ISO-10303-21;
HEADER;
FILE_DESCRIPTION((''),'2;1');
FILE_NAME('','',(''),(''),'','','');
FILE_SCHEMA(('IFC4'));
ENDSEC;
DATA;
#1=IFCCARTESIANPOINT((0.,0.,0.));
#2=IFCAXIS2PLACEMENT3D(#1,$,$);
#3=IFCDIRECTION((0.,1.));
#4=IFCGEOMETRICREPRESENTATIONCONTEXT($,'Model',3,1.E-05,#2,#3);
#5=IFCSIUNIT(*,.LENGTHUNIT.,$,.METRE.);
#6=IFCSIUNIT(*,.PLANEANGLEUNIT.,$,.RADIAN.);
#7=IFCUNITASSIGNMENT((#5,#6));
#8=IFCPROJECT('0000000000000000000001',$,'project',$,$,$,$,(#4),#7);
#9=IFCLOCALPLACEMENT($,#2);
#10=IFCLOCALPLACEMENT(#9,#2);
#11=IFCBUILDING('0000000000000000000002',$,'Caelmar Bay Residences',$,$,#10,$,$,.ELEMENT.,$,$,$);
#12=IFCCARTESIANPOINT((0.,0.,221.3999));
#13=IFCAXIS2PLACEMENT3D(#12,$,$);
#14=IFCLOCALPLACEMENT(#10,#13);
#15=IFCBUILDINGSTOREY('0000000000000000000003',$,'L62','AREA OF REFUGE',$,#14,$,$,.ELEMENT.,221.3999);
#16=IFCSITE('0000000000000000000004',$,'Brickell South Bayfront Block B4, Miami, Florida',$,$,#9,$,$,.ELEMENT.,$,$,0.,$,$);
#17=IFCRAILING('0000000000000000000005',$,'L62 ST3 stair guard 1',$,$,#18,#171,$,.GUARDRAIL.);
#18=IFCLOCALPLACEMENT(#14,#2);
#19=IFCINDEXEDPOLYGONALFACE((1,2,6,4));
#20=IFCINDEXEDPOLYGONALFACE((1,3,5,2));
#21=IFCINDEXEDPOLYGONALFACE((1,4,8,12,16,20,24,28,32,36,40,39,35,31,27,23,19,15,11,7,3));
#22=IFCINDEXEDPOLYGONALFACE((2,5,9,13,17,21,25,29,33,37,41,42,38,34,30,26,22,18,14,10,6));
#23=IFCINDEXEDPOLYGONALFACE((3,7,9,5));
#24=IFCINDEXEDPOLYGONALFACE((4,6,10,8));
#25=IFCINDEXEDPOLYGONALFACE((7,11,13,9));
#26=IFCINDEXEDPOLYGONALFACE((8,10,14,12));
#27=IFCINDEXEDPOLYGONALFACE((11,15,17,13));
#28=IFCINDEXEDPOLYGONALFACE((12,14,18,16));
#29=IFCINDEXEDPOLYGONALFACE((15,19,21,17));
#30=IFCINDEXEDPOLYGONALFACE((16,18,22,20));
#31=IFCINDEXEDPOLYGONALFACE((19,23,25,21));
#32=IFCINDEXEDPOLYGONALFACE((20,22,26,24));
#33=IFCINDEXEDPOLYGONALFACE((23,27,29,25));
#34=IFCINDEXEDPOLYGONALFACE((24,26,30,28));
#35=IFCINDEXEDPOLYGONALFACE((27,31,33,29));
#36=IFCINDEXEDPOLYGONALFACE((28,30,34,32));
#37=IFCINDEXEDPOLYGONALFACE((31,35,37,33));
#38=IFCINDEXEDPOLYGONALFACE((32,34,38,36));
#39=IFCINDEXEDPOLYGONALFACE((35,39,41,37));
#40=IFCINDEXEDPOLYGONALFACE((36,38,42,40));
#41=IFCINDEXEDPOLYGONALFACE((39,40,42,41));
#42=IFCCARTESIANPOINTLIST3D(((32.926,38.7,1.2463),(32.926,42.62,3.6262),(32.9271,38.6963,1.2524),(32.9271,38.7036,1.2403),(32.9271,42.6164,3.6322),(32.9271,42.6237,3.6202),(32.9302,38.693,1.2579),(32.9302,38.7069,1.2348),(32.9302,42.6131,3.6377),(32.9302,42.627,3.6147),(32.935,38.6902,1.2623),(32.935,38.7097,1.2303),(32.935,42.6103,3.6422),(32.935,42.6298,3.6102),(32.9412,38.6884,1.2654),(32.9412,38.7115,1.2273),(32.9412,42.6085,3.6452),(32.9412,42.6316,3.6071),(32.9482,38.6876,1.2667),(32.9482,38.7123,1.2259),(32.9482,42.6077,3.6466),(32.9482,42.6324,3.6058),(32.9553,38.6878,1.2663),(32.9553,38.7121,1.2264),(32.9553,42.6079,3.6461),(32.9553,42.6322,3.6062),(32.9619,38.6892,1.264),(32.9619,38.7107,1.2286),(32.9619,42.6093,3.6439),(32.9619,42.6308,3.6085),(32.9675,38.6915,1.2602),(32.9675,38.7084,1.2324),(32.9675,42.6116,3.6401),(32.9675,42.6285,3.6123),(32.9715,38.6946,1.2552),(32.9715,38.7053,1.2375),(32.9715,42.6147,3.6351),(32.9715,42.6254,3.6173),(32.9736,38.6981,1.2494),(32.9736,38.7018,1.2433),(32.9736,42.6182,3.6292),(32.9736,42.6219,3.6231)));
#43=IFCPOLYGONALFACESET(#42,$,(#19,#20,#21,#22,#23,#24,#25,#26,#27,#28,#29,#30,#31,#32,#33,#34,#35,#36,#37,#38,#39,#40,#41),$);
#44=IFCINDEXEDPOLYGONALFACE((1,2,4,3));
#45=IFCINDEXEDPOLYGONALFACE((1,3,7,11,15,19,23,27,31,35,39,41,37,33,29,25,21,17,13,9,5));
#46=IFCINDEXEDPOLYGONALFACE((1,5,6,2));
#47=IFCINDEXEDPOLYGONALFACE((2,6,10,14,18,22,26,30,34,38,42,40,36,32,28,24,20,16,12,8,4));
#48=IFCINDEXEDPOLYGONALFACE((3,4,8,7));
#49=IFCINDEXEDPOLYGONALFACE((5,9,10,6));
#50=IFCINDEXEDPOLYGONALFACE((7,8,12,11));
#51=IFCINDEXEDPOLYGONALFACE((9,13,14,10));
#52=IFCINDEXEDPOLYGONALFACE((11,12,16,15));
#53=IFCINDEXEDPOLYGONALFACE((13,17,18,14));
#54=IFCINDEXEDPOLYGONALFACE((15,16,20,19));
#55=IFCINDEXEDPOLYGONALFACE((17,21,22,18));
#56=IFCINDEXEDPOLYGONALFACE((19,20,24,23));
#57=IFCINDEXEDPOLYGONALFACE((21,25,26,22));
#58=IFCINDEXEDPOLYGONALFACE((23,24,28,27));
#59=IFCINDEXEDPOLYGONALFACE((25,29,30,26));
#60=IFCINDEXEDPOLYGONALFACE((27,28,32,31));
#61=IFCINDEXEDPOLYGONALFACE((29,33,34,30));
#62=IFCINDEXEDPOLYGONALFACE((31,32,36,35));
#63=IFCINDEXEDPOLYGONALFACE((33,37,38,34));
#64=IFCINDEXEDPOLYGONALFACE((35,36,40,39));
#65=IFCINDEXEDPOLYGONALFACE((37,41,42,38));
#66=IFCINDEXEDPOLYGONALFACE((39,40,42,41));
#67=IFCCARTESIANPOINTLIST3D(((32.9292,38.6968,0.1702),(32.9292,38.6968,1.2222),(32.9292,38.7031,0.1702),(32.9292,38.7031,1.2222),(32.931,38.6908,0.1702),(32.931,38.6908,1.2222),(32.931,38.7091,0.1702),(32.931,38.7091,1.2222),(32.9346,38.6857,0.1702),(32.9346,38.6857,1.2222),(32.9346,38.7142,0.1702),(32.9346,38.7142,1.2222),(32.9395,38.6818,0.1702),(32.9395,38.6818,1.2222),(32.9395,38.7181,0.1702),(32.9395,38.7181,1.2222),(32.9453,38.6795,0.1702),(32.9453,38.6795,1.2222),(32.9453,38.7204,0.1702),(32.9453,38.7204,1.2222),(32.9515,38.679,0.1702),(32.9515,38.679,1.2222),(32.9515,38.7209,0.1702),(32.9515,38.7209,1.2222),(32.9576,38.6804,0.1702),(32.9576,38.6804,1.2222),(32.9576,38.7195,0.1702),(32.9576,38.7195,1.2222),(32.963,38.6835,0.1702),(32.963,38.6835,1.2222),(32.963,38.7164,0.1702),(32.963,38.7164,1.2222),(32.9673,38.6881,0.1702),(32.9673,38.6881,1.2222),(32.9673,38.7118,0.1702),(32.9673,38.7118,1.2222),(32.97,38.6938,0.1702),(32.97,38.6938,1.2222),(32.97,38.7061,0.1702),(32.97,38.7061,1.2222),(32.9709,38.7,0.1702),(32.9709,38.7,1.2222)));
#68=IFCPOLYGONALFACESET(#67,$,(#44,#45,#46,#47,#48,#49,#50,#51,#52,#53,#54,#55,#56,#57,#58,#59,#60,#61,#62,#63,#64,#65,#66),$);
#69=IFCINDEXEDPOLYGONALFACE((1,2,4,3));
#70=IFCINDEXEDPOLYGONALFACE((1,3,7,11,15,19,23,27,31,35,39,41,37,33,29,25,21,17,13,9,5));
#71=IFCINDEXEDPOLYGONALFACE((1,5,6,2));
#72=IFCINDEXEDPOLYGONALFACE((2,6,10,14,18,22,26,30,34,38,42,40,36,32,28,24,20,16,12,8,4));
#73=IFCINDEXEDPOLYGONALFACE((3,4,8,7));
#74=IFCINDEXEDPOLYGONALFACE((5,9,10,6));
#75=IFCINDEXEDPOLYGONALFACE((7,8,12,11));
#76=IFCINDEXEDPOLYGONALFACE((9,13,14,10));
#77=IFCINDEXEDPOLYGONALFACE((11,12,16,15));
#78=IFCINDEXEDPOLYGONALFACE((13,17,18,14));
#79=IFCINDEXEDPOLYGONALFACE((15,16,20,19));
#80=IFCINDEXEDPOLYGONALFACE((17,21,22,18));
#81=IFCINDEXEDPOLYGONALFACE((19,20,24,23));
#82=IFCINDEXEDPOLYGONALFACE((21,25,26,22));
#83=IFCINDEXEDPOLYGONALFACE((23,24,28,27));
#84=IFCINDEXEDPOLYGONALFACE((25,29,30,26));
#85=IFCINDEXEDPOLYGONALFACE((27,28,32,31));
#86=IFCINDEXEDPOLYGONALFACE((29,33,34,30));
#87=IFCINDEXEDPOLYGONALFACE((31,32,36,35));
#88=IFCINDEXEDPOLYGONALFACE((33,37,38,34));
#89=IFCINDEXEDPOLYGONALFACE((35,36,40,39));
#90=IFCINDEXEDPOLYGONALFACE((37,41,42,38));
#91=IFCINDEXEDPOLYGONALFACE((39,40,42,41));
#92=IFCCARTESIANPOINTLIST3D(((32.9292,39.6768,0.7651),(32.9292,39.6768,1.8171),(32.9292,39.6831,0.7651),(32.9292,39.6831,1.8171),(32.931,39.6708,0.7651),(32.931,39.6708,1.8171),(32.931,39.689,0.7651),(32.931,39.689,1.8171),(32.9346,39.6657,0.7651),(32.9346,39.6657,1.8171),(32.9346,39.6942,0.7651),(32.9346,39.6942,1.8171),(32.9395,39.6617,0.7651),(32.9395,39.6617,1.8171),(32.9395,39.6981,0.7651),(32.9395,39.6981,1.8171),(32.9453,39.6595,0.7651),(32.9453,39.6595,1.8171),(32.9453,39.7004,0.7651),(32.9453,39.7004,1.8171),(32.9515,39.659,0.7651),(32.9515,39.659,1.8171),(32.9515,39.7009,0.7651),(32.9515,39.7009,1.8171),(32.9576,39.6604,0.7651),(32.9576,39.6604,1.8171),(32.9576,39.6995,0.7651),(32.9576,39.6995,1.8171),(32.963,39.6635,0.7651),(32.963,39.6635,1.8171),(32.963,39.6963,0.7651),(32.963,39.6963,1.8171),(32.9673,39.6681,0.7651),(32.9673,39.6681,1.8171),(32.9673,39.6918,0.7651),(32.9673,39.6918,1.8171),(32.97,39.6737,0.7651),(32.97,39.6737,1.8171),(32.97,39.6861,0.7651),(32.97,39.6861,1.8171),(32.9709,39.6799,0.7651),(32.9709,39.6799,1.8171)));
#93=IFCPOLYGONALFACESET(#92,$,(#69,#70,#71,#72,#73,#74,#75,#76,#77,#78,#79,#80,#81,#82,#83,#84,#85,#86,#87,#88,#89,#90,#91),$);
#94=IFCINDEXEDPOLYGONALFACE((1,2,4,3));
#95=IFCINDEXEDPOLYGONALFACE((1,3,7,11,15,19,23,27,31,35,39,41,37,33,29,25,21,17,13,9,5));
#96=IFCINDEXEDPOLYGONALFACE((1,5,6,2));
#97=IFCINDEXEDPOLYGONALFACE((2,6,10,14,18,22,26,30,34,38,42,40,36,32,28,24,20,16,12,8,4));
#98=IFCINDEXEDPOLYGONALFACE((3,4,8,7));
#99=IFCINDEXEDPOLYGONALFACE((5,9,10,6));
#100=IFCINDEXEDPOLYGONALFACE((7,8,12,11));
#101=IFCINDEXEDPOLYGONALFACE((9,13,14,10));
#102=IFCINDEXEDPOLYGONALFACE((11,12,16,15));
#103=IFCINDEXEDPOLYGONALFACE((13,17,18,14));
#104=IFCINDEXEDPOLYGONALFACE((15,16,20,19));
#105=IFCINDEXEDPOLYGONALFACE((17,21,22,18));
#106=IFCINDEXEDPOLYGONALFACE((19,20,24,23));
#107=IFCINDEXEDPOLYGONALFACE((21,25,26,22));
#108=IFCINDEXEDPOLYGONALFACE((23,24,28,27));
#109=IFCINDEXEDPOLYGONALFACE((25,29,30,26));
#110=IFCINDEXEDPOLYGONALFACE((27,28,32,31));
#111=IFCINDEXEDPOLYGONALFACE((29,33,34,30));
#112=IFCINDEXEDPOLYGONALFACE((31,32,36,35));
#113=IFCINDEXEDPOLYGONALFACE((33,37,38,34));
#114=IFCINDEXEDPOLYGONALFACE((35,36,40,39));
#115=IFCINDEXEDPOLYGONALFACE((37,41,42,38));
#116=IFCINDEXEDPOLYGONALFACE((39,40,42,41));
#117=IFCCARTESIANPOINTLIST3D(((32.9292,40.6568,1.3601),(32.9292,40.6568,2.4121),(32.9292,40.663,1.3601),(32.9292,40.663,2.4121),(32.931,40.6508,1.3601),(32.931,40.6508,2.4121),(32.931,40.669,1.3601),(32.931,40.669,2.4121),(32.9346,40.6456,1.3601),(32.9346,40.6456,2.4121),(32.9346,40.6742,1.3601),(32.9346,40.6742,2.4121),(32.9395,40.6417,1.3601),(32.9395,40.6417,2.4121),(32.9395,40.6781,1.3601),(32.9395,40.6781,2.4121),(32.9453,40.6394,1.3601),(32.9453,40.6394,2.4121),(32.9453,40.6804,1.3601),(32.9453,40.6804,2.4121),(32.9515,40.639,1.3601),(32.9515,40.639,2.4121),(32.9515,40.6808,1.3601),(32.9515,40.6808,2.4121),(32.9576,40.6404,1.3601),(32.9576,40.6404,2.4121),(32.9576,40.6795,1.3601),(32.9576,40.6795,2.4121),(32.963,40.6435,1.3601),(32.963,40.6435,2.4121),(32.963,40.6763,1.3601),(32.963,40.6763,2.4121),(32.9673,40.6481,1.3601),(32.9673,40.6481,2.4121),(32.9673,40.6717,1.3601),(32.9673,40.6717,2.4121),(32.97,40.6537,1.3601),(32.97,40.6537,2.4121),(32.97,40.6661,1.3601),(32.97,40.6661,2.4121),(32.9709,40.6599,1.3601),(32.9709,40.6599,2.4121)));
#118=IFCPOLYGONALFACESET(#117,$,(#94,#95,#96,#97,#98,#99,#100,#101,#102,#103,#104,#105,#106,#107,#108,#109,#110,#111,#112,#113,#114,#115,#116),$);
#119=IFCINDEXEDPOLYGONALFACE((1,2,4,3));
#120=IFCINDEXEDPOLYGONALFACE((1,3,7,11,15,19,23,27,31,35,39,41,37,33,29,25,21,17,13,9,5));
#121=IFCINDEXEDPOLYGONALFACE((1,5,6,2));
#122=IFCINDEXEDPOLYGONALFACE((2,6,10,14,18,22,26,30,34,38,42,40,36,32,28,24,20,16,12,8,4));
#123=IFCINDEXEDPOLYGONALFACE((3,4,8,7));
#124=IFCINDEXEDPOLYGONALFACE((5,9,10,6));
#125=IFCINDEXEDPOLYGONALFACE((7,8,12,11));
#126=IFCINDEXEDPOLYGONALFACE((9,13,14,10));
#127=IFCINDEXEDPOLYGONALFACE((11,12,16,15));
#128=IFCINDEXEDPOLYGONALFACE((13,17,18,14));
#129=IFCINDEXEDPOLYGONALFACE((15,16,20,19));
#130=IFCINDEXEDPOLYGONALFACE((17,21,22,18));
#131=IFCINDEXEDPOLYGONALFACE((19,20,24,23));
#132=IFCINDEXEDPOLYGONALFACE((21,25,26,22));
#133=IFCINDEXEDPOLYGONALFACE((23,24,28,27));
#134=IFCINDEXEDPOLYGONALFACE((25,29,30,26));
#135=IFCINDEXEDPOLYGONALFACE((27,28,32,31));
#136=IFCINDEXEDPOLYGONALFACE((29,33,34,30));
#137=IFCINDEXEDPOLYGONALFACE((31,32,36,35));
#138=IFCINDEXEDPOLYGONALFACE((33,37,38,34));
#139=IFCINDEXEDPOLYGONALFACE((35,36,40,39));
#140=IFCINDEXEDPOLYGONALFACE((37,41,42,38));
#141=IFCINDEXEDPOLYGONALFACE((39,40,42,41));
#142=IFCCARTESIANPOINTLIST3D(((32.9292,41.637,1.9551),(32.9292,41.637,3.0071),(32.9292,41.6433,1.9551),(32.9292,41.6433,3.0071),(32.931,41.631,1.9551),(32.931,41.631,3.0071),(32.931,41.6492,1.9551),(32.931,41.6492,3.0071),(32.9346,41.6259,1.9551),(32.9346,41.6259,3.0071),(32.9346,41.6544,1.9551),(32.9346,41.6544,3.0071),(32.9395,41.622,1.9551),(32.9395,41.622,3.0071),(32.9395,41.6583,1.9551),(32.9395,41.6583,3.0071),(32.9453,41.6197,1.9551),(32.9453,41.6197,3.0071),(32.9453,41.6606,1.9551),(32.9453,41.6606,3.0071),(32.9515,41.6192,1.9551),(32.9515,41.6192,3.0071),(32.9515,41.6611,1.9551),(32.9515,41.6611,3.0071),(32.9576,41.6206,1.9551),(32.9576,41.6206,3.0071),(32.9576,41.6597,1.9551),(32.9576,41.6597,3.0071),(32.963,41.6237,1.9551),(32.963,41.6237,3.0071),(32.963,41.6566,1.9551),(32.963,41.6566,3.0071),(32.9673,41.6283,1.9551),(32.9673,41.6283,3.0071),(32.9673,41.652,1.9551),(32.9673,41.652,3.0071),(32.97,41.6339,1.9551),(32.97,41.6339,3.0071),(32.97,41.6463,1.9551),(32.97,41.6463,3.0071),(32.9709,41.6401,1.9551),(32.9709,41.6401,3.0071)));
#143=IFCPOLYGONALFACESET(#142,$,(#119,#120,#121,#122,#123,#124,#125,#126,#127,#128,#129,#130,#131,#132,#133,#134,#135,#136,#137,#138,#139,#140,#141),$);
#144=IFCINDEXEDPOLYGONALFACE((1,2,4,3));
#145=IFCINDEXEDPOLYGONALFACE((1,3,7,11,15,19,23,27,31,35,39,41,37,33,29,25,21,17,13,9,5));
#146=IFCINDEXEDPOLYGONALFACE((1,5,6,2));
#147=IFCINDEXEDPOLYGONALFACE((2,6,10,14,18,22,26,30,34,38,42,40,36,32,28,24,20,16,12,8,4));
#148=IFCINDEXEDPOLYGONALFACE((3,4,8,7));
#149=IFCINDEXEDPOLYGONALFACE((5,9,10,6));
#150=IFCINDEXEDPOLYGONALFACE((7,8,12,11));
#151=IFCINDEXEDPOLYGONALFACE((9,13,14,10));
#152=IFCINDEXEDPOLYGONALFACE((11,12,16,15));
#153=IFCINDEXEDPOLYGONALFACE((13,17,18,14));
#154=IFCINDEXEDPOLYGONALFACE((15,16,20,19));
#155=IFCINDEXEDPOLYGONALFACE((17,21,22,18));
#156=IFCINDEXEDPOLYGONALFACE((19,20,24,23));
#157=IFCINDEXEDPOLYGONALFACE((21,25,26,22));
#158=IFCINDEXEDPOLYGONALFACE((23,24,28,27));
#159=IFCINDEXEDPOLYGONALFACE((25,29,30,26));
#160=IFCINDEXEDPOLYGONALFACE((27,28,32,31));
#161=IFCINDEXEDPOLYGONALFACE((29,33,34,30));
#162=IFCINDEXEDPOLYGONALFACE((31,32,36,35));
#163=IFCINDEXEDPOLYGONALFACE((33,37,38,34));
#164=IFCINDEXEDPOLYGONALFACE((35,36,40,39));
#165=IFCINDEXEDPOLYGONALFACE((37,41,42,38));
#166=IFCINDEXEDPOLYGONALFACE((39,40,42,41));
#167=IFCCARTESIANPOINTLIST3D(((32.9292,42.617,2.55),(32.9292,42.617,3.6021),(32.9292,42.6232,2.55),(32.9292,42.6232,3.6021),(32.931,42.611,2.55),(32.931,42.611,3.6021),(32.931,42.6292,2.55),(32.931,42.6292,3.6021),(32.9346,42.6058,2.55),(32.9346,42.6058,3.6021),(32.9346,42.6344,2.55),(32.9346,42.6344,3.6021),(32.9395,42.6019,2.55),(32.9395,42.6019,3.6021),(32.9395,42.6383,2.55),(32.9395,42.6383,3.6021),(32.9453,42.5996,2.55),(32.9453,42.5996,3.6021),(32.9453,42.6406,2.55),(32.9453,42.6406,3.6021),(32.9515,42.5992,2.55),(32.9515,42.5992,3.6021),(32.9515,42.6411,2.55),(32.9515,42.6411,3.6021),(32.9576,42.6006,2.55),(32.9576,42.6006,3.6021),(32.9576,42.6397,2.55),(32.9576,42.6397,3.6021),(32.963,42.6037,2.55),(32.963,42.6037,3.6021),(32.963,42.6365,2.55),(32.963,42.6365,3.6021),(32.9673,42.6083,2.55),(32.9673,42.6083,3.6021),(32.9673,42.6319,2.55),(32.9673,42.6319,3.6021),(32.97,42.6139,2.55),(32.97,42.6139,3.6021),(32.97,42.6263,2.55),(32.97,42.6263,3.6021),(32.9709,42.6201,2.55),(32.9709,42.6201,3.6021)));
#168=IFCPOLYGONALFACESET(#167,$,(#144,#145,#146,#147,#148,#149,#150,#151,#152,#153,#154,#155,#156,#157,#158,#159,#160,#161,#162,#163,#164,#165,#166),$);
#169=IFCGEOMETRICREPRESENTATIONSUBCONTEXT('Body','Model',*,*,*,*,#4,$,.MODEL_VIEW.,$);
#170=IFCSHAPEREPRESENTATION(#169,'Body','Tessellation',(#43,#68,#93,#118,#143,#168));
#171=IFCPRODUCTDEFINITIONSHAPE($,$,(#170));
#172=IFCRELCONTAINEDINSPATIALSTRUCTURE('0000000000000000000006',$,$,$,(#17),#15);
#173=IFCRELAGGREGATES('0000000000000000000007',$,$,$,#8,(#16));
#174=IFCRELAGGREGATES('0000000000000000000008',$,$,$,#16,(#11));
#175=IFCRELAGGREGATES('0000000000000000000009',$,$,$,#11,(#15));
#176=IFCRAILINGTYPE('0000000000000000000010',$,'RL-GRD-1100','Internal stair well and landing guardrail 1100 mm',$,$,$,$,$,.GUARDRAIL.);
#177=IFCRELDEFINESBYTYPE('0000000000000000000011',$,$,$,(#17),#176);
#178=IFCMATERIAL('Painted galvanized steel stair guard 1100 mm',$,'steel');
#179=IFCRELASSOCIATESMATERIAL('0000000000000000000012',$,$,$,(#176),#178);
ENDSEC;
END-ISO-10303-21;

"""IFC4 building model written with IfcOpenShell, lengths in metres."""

from ifc_helpers import new_model, si_unit, direction, frame, origin, origin_2d, place, context, subcontext, project, spatial, circle, extrude, material, type_object, element, save


model = new_model("IFC4")

# Units and contexts
model_context = context("Model", 3, precision=1e-05, world=origin(), true_north=direction((0.0, 1.0)))
body_context = subcontext(model_context, "Body", "Model", "MODEL_VIEW")
ifc_project = project(units=[si_unit("LENGTHUNIT", "METRE"), si_unit("PLANEANGLEUNIT", "RADIAN")], contexts=[model_context])

# Site, building, storey
site_placement = place(None, origin())
site = spatial("IfcSite", under=ifc_project, at=site_placement, Name="Brickell South Bayfront Block B4, Miami, Florida", CompositionType="ELEMENT", RefElevation=0.0)
building_placement = place(site_placement, origin())
building = spatial("IfcBuilding", under=site, at=building_placement, Name="Caelmar Bay Residences", CompositionType="ELEMENT")
storey_placement = place(building_placement, frame((0.0, 0.0, 221.3999)))
storey = spatial("IfcBuildingStorey", under=building, at=storey_placement, Name="L62", Description="AREA OF REFUGE", CompositionType="ELEMENT", Elevation=221.3999)

# Railing
ifc_material_1 = material(Name="Painted galvanized steel stair guard 1100 mm", Category="steel")
railing_type_1 = type_object("IfcRailingType", Name="RL-GRD-1100", Description="Internal stair well and landing guardrail 1100 mm", PredefinedType="GUARDRAIL", material=ifc_material_1)
railing_1_placement = place(storey_placement, frame((32.95, 38.7, 0.1702)))
element("IfcRailing", 1, at=railing_1_placement, inside=storey, type_object=railing_type_1, Name="L62 ST3 stair guard 1", PredefinedType="GUARDRAIL", context=body_context, shape_type="SweptSolid", body=[
    extrude(circle(Radius=0.0239, at=origin_2d()), frame((0.0, 0.0, 1.0762), z_axis=(0.0, 0.854809, 0.518943), x_axis=(-1.0, 0.0, 0.0)), (0.0, 0.0, 1.0), 4.5859),
    extrude(circle(Radius=0.021, at=origin_2d()), origin(), (0.0, 0.0, 1.0), 1.052),
    extrude(circle(Radius=0.021, at=origin_2d()), frame((0.0, 0.98, 0.595)), (0.0, 0.0, 1.0), 1.052),
    extrude(circle(Radius=0.021, at=origin_2d()), frame((0.0, 1.96, 1.1899)), (0.0, 0.0, 1.0), 1.052),
    extrude(circle(Radius=0.021, at=origin_2d()), frame((0.0, 2.9402, 1.7849)), (0.0, 0.0, 1.0), 1.052),
    extrude(circle(Radius=0.021, at=origin_2d()), frame((0.0, 3.9202, 2.3799)), (0.0, 0.0, 1.0), 1.052),
])

save(model, "model.ifc")
